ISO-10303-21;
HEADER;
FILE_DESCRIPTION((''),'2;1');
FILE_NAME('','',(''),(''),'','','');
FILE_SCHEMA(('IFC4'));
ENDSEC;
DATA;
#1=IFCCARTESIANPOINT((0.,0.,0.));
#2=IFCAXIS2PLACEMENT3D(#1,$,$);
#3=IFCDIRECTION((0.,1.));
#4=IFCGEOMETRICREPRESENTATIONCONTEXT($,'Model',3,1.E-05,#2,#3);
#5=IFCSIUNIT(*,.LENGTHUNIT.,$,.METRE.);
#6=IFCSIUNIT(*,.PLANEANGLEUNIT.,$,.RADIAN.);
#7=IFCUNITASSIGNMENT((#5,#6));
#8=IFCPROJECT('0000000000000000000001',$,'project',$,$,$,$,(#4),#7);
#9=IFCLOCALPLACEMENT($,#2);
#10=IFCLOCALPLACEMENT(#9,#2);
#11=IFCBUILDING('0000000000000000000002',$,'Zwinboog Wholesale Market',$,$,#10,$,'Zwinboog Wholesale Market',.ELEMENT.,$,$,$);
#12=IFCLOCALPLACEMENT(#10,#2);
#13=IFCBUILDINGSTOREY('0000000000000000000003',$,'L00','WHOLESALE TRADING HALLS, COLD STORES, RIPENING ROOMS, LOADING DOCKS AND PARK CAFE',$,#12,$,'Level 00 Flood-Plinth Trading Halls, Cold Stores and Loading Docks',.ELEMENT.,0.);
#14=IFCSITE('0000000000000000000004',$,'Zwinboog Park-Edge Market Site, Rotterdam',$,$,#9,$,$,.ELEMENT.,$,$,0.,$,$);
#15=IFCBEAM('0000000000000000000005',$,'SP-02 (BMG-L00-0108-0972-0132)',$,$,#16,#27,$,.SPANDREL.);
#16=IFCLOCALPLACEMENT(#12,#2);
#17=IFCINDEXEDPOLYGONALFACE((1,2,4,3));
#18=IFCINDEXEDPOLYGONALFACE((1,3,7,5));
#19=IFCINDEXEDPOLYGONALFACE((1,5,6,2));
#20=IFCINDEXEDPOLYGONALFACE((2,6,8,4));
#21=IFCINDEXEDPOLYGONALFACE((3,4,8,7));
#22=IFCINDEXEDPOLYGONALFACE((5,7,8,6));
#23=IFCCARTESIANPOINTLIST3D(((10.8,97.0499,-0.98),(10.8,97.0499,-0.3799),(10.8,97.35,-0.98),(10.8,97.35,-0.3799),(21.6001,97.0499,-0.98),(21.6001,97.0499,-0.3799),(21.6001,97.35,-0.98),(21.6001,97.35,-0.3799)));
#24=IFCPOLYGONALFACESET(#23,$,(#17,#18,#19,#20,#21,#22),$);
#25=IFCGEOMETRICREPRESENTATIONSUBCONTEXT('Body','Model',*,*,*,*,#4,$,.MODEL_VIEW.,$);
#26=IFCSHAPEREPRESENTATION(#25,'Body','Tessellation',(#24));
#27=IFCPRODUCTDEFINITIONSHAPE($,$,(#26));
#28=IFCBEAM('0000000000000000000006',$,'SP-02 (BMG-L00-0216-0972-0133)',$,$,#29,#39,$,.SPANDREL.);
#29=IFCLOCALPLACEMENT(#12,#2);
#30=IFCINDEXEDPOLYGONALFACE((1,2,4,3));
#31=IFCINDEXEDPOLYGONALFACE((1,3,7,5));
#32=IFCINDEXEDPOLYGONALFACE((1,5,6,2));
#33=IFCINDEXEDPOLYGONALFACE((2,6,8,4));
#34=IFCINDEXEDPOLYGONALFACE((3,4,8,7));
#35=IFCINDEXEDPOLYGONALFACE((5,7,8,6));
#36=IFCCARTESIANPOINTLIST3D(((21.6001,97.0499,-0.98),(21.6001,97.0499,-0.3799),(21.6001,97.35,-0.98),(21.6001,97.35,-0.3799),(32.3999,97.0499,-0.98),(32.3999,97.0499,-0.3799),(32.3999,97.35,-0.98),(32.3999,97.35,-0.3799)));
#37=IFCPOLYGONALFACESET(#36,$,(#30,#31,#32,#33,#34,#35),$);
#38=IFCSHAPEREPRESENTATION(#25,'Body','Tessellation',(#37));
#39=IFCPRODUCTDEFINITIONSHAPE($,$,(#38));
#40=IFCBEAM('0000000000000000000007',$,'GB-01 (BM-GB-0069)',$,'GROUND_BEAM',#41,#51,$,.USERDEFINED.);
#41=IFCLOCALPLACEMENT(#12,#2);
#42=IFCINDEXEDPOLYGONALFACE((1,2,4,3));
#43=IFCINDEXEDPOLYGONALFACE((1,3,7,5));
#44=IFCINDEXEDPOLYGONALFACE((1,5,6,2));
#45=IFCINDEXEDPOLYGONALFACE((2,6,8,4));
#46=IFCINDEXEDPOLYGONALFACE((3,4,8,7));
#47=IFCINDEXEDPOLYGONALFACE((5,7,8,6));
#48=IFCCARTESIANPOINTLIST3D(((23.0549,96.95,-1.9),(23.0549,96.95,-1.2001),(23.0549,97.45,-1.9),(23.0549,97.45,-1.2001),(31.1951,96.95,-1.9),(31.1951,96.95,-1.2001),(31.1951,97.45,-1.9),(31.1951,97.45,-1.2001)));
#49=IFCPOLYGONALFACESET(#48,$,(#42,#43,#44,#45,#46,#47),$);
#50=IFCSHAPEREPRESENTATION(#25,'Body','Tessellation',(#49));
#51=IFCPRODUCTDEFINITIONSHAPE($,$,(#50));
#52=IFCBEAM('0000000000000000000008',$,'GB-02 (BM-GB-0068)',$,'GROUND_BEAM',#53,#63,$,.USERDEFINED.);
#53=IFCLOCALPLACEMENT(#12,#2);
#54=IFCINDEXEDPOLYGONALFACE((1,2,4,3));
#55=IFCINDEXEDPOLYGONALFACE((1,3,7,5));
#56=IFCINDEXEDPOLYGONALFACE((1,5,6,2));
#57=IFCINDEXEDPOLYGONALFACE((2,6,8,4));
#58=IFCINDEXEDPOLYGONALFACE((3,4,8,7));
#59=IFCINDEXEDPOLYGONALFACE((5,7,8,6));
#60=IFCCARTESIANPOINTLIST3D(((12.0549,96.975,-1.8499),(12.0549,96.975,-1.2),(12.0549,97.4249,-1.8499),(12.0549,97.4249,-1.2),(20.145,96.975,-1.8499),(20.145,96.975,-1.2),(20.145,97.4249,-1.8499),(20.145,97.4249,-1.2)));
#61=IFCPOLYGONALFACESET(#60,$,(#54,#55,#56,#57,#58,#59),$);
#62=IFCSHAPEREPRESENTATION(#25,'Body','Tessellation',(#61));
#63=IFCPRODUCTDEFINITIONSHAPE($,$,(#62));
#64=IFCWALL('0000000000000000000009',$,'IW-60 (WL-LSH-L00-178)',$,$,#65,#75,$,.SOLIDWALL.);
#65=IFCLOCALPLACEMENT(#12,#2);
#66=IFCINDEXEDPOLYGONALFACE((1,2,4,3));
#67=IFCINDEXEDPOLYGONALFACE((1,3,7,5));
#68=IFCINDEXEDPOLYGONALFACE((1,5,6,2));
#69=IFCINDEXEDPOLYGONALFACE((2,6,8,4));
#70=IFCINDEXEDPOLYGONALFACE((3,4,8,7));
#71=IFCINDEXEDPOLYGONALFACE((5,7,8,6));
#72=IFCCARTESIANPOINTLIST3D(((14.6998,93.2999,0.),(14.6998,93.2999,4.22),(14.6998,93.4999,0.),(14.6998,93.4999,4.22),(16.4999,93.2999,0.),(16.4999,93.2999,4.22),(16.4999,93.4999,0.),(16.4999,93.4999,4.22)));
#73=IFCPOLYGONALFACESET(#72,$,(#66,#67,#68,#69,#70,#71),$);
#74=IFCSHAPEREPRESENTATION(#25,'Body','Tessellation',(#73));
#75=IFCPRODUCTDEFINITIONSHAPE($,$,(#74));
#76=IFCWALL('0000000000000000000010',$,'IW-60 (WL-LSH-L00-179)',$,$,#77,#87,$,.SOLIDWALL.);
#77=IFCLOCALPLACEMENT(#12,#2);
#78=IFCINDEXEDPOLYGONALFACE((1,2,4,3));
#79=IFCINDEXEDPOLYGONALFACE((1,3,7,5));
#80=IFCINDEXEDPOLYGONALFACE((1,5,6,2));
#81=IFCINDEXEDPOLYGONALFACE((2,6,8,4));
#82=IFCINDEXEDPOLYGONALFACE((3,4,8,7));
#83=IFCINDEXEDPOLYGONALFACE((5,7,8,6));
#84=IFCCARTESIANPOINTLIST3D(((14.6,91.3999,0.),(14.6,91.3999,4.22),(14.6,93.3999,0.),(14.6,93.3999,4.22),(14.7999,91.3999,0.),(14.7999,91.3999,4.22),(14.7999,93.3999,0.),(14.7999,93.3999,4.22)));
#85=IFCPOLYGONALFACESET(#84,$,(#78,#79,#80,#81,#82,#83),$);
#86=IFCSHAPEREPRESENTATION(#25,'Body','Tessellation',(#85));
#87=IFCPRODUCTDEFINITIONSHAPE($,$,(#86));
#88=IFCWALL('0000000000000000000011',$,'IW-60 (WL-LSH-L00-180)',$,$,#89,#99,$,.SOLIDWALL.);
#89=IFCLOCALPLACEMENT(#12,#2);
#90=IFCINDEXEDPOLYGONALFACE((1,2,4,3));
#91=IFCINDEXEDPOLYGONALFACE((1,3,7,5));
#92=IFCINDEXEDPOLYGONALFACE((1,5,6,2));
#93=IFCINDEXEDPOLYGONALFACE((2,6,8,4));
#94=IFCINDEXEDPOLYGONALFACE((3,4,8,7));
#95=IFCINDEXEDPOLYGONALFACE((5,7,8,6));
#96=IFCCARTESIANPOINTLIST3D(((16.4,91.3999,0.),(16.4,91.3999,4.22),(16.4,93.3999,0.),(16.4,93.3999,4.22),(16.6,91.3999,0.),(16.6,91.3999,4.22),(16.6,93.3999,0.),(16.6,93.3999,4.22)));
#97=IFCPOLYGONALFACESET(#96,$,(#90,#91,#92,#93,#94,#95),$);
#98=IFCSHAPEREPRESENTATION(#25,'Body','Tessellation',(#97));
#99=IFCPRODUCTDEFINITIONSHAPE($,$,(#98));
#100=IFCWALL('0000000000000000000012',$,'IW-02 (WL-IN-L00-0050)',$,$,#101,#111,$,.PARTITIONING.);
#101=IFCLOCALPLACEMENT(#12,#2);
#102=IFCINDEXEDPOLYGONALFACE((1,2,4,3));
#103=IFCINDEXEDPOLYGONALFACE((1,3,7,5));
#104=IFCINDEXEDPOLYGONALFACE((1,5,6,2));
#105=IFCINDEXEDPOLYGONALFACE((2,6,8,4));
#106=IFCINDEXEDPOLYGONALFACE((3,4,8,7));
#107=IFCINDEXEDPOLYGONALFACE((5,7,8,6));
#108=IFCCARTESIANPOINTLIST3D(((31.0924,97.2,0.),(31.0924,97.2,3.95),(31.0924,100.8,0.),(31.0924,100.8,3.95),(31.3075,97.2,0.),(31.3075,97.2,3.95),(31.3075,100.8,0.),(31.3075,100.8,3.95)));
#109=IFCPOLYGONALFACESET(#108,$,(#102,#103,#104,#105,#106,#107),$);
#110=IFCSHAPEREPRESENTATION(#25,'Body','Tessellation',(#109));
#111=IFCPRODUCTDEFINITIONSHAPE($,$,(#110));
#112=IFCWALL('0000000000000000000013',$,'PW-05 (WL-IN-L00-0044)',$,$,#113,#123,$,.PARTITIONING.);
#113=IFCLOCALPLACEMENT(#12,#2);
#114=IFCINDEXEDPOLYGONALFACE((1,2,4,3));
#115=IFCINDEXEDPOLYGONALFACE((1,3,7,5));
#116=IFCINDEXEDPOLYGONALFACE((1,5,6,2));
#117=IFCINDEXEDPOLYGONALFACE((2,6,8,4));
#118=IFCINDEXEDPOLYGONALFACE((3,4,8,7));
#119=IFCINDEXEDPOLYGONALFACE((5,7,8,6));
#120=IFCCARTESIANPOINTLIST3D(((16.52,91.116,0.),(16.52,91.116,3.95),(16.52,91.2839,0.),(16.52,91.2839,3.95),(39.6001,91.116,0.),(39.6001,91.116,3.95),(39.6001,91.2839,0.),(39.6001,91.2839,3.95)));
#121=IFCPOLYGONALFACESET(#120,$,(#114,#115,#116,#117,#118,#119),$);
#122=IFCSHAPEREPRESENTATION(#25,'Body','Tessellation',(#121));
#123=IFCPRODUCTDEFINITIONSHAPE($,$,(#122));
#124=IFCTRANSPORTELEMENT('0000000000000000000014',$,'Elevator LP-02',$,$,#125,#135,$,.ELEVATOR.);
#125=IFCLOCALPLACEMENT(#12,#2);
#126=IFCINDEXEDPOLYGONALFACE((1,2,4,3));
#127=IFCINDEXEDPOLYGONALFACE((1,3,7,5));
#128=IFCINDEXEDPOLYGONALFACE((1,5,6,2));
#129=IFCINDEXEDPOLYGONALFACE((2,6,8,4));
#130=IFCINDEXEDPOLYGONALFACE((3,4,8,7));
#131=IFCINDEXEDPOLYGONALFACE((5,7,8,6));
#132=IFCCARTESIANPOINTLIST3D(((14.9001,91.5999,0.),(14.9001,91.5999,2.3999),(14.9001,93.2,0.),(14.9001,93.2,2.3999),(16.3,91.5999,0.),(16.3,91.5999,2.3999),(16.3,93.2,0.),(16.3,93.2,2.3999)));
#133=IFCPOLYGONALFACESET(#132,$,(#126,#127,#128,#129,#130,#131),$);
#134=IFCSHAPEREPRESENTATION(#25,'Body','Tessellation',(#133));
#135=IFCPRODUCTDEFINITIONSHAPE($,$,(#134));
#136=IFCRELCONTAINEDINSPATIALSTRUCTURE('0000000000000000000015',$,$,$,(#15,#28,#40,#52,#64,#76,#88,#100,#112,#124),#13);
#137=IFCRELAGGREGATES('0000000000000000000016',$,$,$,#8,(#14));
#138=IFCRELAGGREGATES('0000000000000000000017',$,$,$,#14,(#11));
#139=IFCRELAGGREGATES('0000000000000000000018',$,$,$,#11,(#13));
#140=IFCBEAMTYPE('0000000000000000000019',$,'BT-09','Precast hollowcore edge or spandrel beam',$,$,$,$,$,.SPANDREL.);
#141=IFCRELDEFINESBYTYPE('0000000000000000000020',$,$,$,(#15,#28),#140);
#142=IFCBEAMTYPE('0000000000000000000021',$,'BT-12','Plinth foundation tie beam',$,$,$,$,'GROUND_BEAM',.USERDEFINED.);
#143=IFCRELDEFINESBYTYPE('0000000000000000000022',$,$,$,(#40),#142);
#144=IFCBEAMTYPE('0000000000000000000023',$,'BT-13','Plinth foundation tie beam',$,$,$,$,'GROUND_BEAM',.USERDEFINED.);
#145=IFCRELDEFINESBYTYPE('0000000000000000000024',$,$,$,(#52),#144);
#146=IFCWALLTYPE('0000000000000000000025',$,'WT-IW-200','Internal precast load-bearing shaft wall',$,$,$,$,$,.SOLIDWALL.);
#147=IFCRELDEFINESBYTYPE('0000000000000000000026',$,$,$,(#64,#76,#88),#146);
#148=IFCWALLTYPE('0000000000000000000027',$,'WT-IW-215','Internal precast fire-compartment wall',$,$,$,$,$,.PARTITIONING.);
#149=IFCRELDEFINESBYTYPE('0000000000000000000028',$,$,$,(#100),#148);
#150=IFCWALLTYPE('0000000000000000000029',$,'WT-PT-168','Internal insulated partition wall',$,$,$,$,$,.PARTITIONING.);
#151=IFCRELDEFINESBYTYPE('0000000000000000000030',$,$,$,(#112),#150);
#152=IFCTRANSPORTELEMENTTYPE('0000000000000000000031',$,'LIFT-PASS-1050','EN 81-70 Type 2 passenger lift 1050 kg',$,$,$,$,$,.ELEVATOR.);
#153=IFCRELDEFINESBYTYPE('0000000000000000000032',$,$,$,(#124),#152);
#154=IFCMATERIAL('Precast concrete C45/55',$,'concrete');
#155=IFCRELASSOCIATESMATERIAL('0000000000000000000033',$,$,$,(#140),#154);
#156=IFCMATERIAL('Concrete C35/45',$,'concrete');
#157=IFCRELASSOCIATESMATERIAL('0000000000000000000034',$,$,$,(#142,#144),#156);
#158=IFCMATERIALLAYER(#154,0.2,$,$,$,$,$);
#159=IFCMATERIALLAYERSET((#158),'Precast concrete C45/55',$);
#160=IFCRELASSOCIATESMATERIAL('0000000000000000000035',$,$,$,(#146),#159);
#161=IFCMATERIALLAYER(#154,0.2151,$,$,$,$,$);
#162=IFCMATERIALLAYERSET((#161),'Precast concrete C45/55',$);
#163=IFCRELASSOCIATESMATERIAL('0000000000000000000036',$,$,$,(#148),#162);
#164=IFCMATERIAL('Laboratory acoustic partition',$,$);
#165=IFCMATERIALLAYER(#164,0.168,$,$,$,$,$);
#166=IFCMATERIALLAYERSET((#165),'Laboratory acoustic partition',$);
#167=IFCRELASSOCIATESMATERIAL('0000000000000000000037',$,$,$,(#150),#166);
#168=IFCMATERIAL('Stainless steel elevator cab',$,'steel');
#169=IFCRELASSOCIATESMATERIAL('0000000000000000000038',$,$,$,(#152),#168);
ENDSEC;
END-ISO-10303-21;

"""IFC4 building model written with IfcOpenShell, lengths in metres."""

from ifc_helpers import new_model, si_unit, direction, frame, frame_2d, origin, origin_2d, place, context, subcontext, project, spatial, rectangle, extrude, material, layer, layer_set, material_profile, profile_set, type_object, element, save


model = new_model("IFC4")

# Units and contexts
model_context = context("Model", 3, precision=1e-05, world=origin(), true_north=direction((0.0, 1.0)))
body_context = subcontext(model_context, "Body", "Model", "MODEL_VIEW")
ifc_project = project(units=[si_unit("LENGTHUNIT", "METRE"), si_unit("PLANEANGLEUNIT", "RADIAN")], contexts=[model_context])

# Site, building, storey
site_placement = place(None, origin())
site = spatial("IfcSite", under=ifc_project, at=site_placement, Name="Zwinboog Park-Edge Market Site, Rotterdam", CompositionType="ELEMENT", RefElevation=0.0)
building_placement = place(site_placement, origin())
building = spatial("IfcBuilding", under=site, at=building_placement, Name="Zwinboog Wholesale Market", LongName="Zwinboog Wholesale Market", CompositionType="ELEMENT")
storey_placement = place(building_placement, origin())
storey = spatial("IfcBuildingStorey", under=building, at=storey_placement, Name="L00", Description="WHOLESALE TRADING HALLS, COLD STORES, RIPENING ROOMS, LOADING DOCKS AND PARK CAFE", LongName="Level 00 Flood-Plinth Trading Halls, Cold Stores and Loading Docks", CompositionType="ELEMENT", Elevation=0.0)

# Shared definitions
ifc_material_1 = material(Name="Concrete C35/45", Category="concrete")

# Shared definitions
ifc_material_2 = material(Name="Precast concrete C45/55", Category="concrete")

# Beams
ifc_material_profile_1 = material_profile(ifc_material_2, rectangle(XDim=0.3, YDim=0.6001, at=origin_2d()), Name="PC 300x600")
ifc_profile_set_1 = profile_set([ifc_material_profile_1], Name="Precast concrete C45/55")
beam_type_1 = type_object("IfcBeamType", Name="BT-09", Description="Precast hollowcore edge or spandrel beam", PredefinedType="SPANDREL", material=ifc_profile_set_1)
beam_1_placement = place(storey_placement, frame((10.8, 97.2, -0.6799), z_axis=(1.0, 0.0, 0.0), x_axis=(0.0, 1.0, 0.0)))
element("IfcBeam", 1, at=beam_1_placement, inside=storey, type_object=beam_type_1, Name="SP-02 (BMG-L00-0108-0972-0132)", PredefinedType="SPANDREL", context=body_context, shape_type="SweptSolid", body=[
    extrude(rectangle(XDim=0.3, YDim=0.6001, at=origin_2d()), origin(), (0.0, 0.0, 1.0), 10.8),
])
beam_2_placement = place(storey_placement, frame((21.6001, 97.2, -0.6799), z_axis=(1.0, 0.0, 0.0), x_axis=(0.0, 1.0, 0.0)))
element("IfcBeam", 2, at=beam_2_placement, inside=storey, type_object=beam_type_1, Name="SP-02 (BMG-L00-0216-0972-0133)", PredefinedType="SPANDREL", context=body_context, shape_type="SweptSolid", body=[
    extrude(rectangle(XDim=0.3, YDim=0.6001, at=origin_2d()), origin(), (0.0, 0.0, 1.0), 10.7998),
])
ifc_material_profile_2 = material_profile(ifc_material_1, rectangle(XDim=0.5, YDim=0.7, at=origin_2d()), Name="RC 500x700")
ifc_profile_set_2 = profile_set([ifc_material_profile_2], Name="Concrete C35/45")
beam_type_2 = type_object("IfcBeamType", Name="BT-12", Description="Plinth foundation tie beam", ElementType="GROUND_BEAM", PredefinedType="USERDEFINED", material=ifc_profile_set_2)
beam_3_placement = place(storey_placement, frame((23.0549, 97.2, -1.55), z_axis=(1.0, 0.0, 0.0), x_axis=(0.0, 1.0, 0.0)))
element("IfcBeam", 3, at=beam_3_placement, inside=storey, type_object=beam_type_2, Name="GB-01 (BM-GB-0069)", ObjectType="GROUND_BEAM", PredefinedType="USERDEFINED", context=body_context, shape_type="SweptSolid", body=[
    extrude(rectangle(XDim=0.5, YDim=0.7, at=origin_2d()), origin(), (0.0, 0.0, 1.0), 8.1401),
])
ifc_material_profile_3 = material_profile(ifc_material_1, rectangle(XDim=0.45, YDim=0.6499, at=origin_2d()), Name="RC 450x650")
ifc_profile_set_3 = profile_set([ifc_material_profile_3], Name="Concrete C35/45")
beam_type_3 = type_object("IfcBeamType", Name="BT-13", Description="Plinth foundation tie beam", ElementType="GROUND_BEAM", PredefinedType="USERDEFINED", material=ifc_profile_set_3)
beam_4_placement = place(storey_placement, frame((12.0549, 97.2, -1.5249), z_axis=(1.0, 0.0, 0.0), x_axis=(0.0, 1.0, 0.0)))
element("IfcBeam", 4, at=beam_4_placement, inside=storey, type_object=beam_type_3, Name="GB-02 (BM-GB-0068)", ObjectType="GROUND_BEAM", PredefinedType="USERDEFINED", context=body_context, shape_type="SweptSolid", body=[
    extrude(rectangle(XDim=0.45, YDim=0.6499, at=origin_2d()), origin(), (0.0, 0.0, 1.0), 8.0901),
])

# Shared definitions
ifc_layer_1 = layer(ifc_material_2, 0.2)
ifc_layer_set_1 = layer_set([ifc_layer_1], Name="Precast concrete C45/55")
wall_type_1 = type_object("IfcWallType", Name="WT-IW-200", Description="Internal precast load-bearing shaft wall", PredefinedType="SOLIDWALL", material=ifc_layer_set_1)

# Walls
wall_1_placement = place(storey_placement, frame((14.7, 93.3999, 0.0), z_axis=(0.0, 0.0, 1.0), x_axis=(1.0, 0.0, 0.0)))
element("IfcWall", 5, at=wall_1_placement, inside=storey, type_object=wall_type_1, Name="IW-60 (WL-LSH-L00-178)", PredefinedType="SOLIDWALL", context=body_context, shape_type="SweptSolid", body=[
    extrude(rectangle(XDim=1.8, YDim=0.2, at=frame_2d((0.8999, 0.0))), origin(), (0.0, 0.0, 1.0), 4.22),
])
for number, where, z_axis, x_axis, name in (
    (6, (14.7, 91.3999, 0.0), (0.0, 0.0, 1.0), (0.0, 1.0, 0.0), "IW-60 (WL-LSH-L00-179)"),
    (7, (16.5, 91.3999, 0.0), (0.0, 0.0, 1.0), (0.0, 1.0, 0.0), "IW-60 (WL-LSH-L00-180)"),
):
    element("IfcWall", number, at=place(storey_placement, frame(where, z_axis=z_axis, x_axis=x_axis)), inside=storey, type_object=wall_type_1, Name=name, PredefinedType="SOLIDWALL", context=body_context, shape_type="SweptSolid", body=[
        extrude(rectangle(XDim=2.0, YDim=0.2, at=frame_2d((1.0, 0.0))), origin(), (0.0, 0.0, 1.0), 4.22),
    ])
ifc_layer_2 = layer(ifc_material_2, 0.2151)
ifc_layer_set_2 = layer_set([ifc_layer_2], Name="Precast concrete C45/55")
wall_type_2 = type_object("IfcWallType", Name="WT-IW-215", Description="Internal precast fire-compartment wall", PredefinedType="PARTITIONING", material=ifc_layer_set_2)
wall_2_placement = place(storey_placement, frame((31.2, 97.2, 0.0), z_axis=(0.0, 0.0, 1.0), x_axis=(0.0, 1.0, 0.0)))
element("IfcWall", 8, at=wall_2_placement, inside=storey, type_object=wall_type_2, Name="IW-02 (WL-IN-L00-0050)", PredefinedType="PARTITIONING", context=body_context, shape_type="SweptSolid", body=[
    extrude(rectangle(XDim=3.6001, YDim=0.2151, at=frame_2d((1.8, 0.0))), origin(), (0.0, 0.0, 1.0), 3.95),
])
ifc_material_3 = material(Name="Laboratory acoustic partition")
ifc_layer_3 = layer(ifc_material_3, 0.168)
ifc_layer_set_3 = layer_set([ifc_layer_3], Name="Laboratory acoustic partition")
wall_type_3 = type_object("IfcWallType", Name="WT-PT-168", Description="Internal insulated partition wall", PredefinedType="PARTITIONING", material=ifc_layer_set_3)
wall_3_placement = place(storey_placement, frame((16.52, 91.2, 0.0), z_axis=(0.0, 0.0, 1.0), x_axis=(1.0, 0.0, 0.0)))
element("IfcWall", 9, at=wall_3_placement, inside=storey, type_object=wall_type_3, Name="PW-05 (WL-IN-L00-0044)", PredefinedType="PARTITIONING", context=body_context, shape_type="SweptSolid", body=[
    extrude(rectangle(XDim=23.0801, YDim=0.168, at=frame_2d((11.54, 0.0))), origin(), (0.0, 0.0, 1.0), 3.95),
])

# Transport element
ifc_material_4 = material(Name="Stainless steel elevator cab", Category="steel")
transport_element_type = type_object("IfcTransportElementType", Name="LIFT-PASS-1050", Description="EN 81-70 Type 2 passenger lift 1050 kg", PredefinedType="ELEVATOR", material=ifc_material_4)
transport_element_placement = place(storey_placement, frame((15.6001, 92.3999, 0.0), z_axis=(0.0, 0.0, 1.0), x_axis=(1.0, 0.0, 0.0)))
element("IfcTransportElement", 10, at=transport_element_placement, inside=storey, type_object=transport_element_type, Name="Elevator LP-02", PredefinedType="ELEVATOR", context=body_context, shape_type="SweptSolid", body=[
    extrude(rectangle(XDim=1.3999, YDim=1.6001, at=origin_2d()), origin(), (0.0, 0.0, 1.0), 2.3999),
])

save(model, "model.ifc")
